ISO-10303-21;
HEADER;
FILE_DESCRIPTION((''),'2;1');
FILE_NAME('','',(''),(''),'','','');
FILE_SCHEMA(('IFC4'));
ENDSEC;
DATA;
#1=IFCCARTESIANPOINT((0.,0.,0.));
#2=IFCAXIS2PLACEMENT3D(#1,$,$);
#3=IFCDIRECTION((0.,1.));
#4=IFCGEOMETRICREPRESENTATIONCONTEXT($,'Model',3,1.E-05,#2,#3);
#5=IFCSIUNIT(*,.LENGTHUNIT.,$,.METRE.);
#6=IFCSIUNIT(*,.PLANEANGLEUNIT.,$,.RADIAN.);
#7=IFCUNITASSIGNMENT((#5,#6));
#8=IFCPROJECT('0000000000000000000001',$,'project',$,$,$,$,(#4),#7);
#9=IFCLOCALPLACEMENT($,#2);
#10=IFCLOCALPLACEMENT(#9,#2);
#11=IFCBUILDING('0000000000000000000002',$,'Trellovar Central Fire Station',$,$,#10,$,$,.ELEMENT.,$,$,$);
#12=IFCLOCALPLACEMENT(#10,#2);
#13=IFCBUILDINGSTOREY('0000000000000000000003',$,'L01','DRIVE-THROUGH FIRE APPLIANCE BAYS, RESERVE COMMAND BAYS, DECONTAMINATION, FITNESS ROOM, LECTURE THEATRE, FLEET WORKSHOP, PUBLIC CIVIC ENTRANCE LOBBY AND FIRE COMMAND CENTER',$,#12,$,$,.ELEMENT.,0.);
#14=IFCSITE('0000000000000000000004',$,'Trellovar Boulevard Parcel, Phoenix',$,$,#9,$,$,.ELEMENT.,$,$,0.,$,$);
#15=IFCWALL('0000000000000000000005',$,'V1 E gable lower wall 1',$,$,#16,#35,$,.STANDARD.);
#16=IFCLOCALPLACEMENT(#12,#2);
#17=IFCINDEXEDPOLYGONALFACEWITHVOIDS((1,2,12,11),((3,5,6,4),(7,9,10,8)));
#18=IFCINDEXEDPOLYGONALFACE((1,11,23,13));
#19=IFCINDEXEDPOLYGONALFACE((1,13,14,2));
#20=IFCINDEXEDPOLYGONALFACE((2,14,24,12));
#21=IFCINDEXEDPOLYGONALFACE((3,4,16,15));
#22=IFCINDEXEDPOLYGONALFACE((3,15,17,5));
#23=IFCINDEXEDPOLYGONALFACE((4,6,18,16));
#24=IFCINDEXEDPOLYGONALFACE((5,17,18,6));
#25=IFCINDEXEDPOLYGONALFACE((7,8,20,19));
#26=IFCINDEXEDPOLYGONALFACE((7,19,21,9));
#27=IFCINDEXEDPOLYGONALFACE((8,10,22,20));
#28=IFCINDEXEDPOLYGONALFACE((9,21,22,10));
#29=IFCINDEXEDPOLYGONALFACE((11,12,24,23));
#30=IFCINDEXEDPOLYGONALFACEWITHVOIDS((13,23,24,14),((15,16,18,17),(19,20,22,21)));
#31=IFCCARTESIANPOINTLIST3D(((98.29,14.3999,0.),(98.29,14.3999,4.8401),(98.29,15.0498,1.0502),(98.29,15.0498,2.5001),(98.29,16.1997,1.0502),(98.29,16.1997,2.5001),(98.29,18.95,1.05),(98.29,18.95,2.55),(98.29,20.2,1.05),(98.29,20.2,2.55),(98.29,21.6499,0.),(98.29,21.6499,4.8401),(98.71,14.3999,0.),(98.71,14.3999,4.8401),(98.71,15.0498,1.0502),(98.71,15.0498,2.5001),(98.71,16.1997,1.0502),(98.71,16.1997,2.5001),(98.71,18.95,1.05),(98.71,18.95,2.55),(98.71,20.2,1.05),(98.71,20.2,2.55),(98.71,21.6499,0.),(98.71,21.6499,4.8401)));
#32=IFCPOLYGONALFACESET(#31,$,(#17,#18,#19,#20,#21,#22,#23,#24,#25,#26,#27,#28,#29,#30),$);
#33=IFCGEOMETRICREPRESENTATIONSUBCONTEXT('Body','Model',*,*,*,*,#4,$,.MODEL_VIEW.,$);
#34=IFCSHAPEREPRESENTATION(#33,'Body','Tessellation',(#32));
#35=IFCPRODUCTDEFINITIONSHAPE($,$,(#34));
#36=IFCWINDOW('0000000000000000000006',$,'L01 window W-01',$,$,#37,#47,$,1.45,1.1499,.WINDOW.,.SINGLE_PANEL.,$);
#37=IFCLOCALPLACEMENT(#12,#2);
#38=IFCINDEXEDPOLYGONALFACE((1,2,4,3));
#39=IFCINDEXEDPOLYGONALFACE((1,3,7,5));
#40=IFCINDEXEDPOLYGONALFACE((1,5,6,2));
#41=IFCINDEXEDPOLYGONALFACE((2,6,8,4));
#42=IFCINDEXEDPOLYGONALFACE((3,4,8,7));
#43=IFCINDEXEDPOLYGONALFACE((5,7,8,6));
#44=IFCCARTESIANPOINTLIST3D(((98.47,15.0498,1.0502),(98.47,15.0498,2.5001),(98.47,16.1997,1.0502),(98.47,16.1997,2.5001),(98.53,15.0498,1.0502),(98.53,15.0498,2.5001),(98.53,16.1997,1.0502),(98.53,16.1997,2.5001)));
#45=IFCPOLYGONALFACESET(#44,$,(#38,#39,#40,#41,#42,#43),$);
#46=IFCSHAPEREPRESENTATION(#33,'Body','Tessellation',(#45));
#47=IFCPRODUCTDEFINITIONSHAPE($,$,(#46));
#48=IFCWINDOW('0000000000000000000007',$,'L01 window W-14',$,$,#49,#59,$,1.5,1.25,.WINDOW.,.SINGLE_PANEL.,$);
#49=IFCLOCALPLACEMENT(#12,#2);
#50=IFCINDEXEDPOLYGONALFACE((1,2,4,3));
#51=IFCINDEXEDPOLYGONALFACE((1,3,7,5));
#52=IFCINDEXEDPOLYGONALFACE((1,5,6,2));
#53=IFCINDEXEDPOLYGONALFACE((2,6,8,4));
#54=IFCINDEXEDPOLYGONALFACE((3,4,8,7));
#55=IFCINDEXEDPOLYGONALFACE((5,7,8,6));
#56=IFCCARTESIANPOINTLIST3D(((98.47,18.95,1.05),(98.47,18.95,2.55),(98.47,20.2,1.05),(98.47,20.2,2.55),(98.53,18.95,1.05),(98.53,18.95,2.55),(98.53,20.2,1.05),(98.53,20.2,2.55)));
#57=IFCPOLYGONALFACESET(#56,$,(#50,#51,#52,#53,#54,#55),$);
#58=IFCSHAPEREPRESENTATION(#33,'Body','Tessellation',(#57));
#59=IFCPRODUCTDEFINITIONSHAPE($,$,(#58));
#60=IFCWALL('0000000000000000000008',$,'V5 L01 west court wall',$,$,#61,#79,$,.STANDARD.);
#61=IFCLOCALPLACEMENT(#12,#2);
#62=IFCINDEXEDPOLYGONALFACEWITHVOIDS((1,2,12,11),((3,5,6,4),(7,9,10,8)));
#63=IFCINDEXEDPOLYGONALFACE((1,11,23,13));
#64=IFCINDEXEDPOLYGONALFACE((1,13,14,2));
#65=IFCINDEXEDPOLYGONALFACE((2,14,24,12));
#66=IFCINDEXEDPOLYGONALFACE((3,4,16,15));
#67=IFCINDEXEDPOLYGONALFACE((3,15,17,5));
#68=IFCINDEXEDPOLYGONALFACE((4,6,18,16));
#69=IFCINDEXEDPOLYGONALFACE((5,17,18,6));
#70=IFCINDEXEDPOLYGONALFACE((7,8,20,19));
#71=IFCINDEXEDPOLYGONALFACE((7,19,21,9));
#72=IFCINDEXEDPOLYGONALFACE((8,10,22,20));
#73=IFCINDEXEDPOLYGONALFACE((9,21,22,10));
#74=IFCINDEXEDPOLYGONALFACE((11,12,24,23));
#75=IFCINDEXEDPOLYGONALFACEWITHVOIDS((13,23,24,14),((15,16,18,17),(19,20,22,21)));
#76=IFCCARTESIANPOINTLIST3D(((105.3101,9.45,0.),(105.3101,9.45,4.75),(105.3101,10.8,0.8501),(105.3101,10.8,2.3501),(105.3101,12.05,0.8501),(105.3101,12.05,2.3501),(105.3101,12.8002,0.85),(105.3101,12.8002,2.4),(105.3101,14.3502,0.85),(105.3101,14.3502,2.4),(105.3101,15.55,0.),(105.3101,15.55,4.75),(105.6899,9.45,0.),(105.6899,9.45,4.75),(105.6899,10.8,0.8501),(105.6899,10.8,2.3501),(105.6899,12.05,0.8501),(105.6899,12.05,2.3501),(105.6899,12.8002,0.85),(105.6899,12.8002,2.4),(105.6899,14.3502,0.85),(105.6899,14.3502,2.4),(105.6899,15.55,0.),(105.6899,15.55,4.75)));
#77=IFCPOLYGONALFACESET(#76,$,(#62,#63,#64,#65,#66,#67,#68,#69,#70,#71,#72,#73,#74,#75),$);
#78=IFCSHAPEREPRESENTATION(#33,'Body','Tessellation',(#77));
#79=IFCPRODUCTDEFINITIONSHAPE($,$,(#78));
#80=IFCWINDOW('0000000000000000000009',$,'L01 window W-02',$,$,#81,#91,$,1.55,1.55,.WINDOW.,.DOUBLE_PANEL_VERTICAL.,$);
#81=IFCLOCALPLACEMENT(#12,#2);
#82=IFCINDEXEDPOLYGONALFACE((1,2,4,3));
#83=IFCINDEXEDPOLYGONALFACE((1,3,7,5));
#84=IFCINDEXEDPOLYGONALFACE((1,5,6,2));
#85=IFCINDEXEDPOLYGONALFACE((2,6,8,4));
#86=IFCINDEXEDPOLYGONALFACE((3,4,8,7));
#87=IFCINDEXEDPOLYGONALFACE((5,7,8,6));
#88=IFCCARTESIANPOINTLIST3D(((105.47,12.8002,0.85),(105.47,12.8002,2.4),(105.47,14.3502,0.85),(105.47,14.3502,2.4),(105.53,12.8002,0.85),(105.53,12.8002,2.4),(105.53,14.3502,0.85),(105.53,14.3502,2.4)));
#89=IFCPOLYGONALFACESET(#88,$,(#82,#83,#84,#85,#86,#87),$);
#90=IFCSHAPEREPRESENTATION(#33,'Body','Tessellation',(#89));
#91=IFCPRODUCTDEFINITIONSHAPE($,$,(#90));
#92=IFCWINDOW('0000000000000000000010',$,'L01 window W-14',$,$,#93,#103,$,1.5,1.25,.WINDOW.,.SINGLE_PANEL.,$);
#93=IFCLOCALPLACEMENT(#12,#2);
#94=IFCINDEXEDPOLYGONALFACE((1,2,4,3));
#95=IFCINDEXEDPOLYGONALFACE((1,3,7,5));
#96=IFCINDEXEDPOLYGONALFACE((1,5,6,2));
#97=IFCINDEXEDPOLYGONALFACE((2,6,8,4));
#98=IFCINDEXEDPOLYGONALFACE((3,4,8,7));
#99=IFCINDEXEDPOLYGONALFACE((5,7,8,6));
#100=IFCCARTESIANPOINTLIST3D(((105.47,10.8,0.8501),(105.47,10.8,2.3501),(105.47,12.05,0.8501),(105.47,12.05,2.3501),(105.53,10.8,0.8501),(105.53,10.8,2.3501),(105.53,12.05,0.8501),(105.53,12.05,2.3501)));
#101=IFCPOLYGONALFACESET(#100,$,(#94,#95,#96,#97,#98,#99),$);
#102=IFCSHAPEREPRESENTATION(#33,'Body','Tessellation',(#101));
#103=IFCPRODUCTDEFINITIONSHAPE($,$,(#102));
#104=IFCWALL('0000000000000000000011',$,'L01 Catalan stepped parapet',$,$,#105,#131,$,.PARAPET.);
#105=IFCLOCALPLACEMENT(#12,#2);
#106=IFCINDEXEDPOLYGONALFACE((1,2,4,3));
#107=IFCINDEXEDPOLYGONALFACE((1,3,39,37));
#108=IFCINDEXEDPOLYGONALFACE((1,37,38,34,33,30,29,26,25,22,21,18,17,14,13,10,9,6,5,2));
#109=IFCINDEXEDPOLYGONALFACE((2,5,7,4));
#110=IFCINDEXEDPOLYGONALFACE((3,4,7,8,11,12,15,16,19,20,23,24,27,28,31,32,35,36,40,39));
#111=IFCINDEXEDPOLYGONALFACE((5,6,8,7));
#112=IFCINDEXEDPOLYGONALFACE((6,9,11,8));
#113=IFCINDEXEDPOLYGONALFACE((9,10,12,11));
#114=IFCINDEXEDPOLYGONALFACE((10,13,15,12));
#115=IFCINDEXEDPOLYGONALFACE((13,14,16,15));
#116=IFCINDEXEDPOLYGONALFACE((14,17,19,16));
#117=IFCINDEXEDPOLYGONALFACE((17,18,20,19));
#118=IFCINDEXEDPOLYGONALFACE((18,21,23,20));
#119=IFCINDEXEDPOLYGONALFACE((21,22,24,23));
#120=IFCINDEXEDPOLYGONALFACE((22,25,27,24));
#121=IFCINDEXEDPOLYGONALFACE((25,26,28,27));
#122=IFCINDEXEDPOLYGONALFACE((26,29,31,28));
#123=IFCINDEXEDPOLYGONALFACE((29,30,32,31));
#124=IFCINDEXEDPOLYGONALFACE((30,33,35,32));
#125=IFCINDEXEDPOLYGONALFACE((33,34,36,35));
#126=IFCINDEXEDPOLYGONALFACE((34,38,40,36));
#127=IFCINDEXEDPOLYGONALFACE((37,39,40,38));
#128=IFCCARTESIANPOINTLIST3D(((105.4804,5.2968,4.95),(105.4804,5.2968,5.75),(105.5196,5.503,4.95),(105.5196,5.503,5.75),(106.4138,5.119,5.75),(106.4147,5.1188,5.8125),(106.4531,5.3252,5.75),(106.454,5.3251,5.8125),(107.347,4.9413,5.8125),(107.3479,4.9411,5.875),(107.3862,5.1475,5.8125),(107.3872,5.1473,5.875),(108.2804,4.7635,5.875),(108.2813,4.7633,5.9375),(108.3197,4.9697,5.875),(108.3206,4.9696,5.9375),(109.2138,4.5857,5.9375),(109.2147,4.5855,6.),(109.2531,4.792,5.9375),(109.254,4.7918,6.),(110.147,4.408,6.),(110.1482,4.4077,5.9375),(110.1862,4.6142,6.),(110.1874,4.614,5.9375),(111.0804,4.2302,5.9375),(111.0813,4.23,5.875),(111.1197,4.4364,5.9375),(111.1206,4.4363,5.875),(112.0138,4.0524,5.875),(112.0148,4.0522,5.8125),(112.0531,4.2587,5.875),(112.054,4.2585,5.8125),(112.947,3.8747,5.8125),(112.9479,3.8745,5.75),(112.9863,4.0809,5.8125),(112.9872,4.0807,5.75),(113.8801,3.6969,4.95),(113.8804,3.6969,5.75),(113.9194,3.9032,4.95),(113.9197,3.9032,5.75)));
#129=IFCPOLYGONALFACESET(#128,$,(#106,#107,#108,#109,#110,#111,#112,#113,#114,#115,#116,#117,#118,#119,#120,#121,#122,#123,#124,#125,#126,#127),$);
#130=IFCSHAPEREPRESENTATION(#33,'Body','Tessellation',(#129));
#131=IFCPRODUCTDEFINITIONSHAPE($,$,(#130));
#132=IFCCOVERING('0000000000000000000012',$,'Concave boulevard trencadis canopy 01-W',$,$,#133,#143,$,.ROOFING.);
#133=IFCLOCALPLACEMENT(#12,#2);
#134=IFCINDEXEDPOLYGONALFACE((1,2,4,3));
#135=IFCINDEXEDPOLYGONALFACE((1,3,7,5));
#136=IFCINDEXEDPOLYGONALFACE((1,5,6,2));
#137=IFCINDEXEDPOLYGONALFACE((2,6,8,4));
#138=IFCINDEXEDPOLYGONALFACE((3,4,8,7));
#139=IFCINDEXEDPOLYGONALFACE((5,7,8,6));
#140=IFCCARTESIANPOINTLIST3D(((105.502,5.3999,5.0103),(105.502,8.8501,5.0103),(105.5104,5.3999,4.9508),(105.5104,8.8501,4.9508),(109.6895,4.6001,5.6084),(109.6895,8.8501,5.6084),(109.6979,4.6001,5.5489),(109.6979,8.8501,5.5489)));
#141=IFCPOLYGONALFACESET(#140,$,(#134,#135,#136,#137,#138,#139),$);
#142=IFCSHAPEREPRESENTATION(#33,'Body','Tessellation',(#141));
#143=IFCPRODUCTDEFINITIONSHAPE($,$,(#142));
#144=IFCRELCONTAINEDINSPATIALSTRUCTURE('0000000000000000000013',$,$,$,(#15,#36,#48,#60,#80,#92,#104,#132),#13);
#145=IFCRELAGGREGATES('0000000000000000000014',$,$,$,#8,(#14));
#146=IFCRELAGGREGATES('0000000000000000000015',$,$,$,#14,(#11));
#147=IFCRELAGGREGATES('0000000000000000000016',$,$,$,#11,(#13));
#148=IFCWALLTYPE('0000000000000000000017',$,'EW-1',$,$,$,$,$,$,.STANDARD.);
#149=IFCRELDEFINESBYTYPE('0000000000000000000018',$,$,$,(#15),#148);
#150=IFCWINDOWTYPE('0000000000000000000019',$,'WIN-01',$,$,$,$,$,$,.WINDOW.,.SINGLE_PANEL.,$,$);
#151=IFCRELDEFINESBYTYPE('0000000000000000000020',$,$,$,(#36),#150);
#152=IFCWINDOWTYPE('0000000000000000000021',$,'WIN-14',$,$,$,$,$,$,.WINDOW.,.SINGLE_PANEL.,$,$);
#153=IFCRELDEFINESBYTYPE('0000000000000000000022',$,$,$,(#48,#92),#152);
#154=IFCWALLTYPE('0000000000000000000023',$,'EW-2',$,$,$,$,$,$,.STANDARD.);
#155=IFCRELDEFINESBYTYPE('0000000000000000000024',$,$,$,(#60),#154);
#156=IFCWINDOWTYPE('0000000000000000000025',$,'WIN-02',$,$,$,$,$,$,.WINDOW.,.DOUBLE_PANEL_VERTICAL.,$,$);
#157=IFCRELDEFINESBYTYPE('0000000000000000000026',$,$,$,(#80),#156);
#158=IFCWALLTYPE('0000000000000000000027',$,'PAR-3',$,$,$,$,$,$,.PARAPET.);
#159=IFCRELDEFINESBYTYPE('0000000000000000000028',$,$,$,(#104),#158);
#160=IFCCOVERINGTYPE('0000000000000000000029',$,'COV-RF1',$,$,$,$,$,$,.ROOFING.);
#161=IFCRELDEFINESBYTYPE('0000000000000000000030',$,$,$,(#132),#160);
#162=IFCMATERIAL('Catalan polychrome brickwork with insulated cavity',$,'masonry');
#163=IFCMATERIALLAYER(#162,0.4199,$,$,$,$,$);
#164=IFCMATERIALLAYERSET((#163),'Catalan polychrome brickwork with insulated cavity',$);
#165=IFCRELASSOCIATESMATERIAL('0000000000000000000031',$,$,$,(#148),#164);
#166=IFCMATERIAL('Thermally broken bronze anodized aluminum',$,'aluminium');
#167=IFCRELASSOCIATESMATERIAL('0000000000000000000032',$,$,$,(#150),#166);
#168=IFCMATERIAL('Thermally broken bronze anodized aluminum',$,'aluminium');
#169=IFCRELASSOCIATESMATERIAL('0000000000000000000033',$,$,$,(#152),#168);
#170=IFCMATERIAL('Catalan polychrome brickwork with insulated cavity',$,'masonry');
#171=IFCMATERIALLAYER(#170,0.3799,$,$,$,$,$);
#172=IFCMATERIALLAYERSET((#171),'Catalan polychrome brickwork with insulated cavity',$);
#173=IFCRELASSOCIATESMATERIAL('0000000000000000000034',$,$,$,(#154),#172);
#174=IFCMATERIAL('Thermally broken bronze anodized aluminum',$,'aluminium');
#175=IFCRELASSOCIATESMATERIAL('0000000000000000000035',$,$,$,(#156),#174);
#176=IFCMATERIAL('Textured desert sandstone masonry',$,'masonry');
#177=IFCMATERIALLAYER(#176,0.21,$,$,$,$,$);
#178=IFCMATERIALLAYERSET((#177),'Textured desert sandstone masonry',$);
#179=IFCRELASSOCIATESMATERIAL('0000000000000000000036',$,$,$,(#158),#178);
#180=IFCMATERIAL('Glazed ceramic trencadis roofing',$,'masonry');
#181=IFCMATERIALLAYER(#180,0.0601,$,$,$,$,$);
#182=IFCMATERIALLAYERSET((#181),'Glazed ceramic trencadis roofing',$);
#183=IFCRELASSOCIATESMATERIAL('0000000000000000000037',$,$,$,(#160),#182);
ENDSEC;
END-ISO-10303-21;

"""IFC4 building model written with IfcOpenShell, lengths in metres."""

from ifc_helpers import new_model, si_unit, direction, frame, frame_2d, origin, place, context, subcontext, project, spatial, polyline, rectangle, outline, extrude, material, layer, layer_set, type_object, element, fill, save


model = new_model("IFC4")

# Units and contexts
model_context = context("Model", 3, precision=1e-05, world=origin(), true_north=direction((0.0, 1.0)))
body_context = subcontext(model_context, "Body", "Model", "MODEL_VIEW")
ifc_project = project(units=[si_unit("LENGTHUNIT", "METRE"), si_unit("PLANEANGLEUNIT", "RADIAN")], contexts=[model_context])

# Site, building, storey
site_placement = place(None, origin())
site = spatial("IfcSite", under=ifc_project, at=site_placement, Name="Trellovar Boulevard Parcel, Phoenix", CompositionType="ELEMENT", RefElevation=0.0)
building_placement = place(site_placement, origin())
building = spatial("IfcBuilding", under=site, at=building_placement, Name="Trellovar Central Fire Station", CompositionType="ELEMENT")
storey_placement = place(building_placement, origin())
storey = spatial("IfcBuildingStorey", under=building, at=storey_placement, Name="L01", Description="DRIVE-THROUGH FIRE APPLIANCE BAYS, RESERVE COMMAND BAYS, DECONTAMINATION, FITNESS ROOM, LECTURE THEATRE, FLEET WORKSHOP, PUBLIC CIVIC ENTRANCE LOBBY AND FIRE COMMAND CENTER", CompositionType="ELEMENT", Elevation=0.0)

# Walls, openings, windows
ifc_material_1 = material(Name="Catalan polychrome brickwork with insulated cavity", Category="masonry")
ifc_layer_1 = layer(ifc_material_1, 0.4199)
ifc_layer_set_1 = layer_set([ifc_layer_1], Name="Catalan polychrome brickwork with insulated cavity")
wall_type_1 = type_object("IfcWallType", Name="EW-1", PredefinedType="STANDARD", material=ifc_layer_set_1)
wall_1_placement = place(storey_placement, frame((98.5, 14.3999, 0.0), z_axis=(0.0, 0.0, 1.0), x_axis=(0.0, 1.0, 0.0)))
wall_1 = element("IfcWall", 1, at=wall_1_placement, inside=storey, type_object=wall_type_1, Name="V1 E gable lower wall 1", PredefinedType="STANDARD", context=body_context, shape_type="SweptSolid", body=[
    extrude(rectangle(XDim=7.25, YDim=0.4199, at=frame_2d((3.625, 0.0))), origin(), (0.0, 0.0, 1.0), 4.8401),
])
opening_1_placement = place(wall_1_placement, frame((0.6499, 0.0, 1.05)))
opening_1 = element("IfcOpeningElement", 2, at=opening_1_placement, cuts=wall_1, PredefinedType="OPENING", context=body_context, shape_type="SweptSolid", body=[
    extrude(rectangle(XDim=1.1499, YDim=1.45, at=frame_2d((0.575, 0.7251))), frame((0.0, 0.22, 0.0), z_axis=(0.0, -1.0, 0.0), x_axis=(1.0, 0.0, 0.0)), (0.0, 0.0, 1.0), 0.4399),
])
opening_2_placement = place(wall_1_placement, frame((4.55, 0.0, 1.05)))
opening_2 = element("IfcOpeningElement", 3, at=opening_2_placement, cuts=wall_1, PredefinedType="OPENING", context=body_context, shape_type="SweptSolid", body=[
    extrude(rectangle(XDim=1.25, YDim=1.5, at=frame_2d((0.625, 0.75))), frame((0.0, 0.22, 0.0), z_axis=(0.0, -1.0, 0.0), x_axis=(1.0, 0.0, 0.0)), (0.0, 0.0, 1.0), 0.4399),
])
ifc_material_2 = material(Name="Thermally broken bronze anodized aluminum", Category="aluminium")
window_type_1 = type_object("IfcWindowType", Name="WIN-01", PartitioningType="SINGLE_PANEL", PredefinedType="WINDOW", material=ifc_material_2)
window_1_placement = place(opening_1_placement, origin())
window_1 = element("IfcWindow", 4, at=window_1_placement, inside=storey, type_object=window_type_1, Name="L01 window W-01", OverallHeight=1.45, OverallWidth=1.1499, PartitioningType="SINGLE_PANEL", PredefinedType="WINDOW", context=body_context, shape_type="SweptSolid", body=[
    extrude(rectangle(XDim=1.1499, YDim=1.45, at=frame_2d((0.575, 0.7251))), frame((0.0, 0.03, 0.0), z_axis=(0.0, -1.0, 0.0), x_axis=(1.0, 0.0, 0.0)), (0.0, 0.0, 1.0), 0.0601),
])
fill(opening_1, window_1)
ifc_material_3 = material(Name="Thermally broken bronze anodized aluminum", Category="aluminium")
window_type_2 = type_object("IfcWindowType", Name="WIN-14", PartitioningType="SINGLE_PANEL", PredefinedType="WINDOW", material=ifc_material_3)
window_2_placement = place(opening_2_placement, origin())
window_2 = element("IfcWindow", 5, at=window_2_placement, inside=storey, type_object=window_type_2, Name="L01 window W-14", OverallHeight=1.5, OverallWidth=1.25, PartitioningType="SINGLE_PANEL", PredefinedType="WINDOW", context=body_context, shape_type="SweptSolid", body=[
    extrude(rectangle(XDim=1.25, YDim=1.5, at=frame_2d((0.625, 0.75))), frame((0.0, 0.03, 0.0), z_axis=(0.0, -1.0, 0.0), x_axis=(1.0, 0.0, 0.0)), (0.0, 0.0, 1.0), 0.0601),
])
fill(opening_2, window_2)
ifc_material_4 = material(Name="Catalan polychrome brickwork with insulated cavity", Category="masonry")
ifc_layer_2 = layer(ifc_material_4, 0.3799)
ifc_layer_set_2 = layer_set([ifc_layer_2], Name="Catalan polychrome brickwork with insulated cavity")
wall_type_2 = type_object("IfcWallType", Name="EW-2", PredefinedType="STANDARD", material=ifc_layer_set_2)
wall_2_placement = place(storey_placement, frame((105.5, 15.55, 0.0), z_axis=(0.0, 0.0, 1.0), x_axis=(0.0, -1.0, 0.0)))
wall_2 = element("IfcWall", 6, at=wall_2_placement, inside=storey, type_object=wall_type_2, Name="V5 L01 west court wall", PredefinedType="STANDARD", context=body_context, shape_type="SweptSolid", body=[
    extrude(rectangle(XDim=6.1001, YDim=0.3799, at=frame_2d((3.05, 0.0))), origin(), (0.0, 0.0, 1.0), 4.75),
])
opening_3_placement = place(wall_2_placement, frame((1.2, 0.0, 0.8501)))
opening_3 = element("IfcOpeningElement", 7, at=opening_3_placement, cuts=wall_2, PredefinedType="OPENING", context=body_context, shape_type="SweptSolid", body=[
    extrude(rectangle(XDim=1.55, YDim=1.55, at=frame_2d((0.7749, 0.7749))), frame((0.0, 0.2, 0.0), z_axis=(0.0, -1.0, 0.0), x_axis=(1.0, 0.0, 0.0)), (0.0, 0.0, 1.0), 0.3999),
])
opening_4_placement = place(wall_2_placement, frame((3.5, 0.0, 0.8501)))
opening_4 = element("IfcOpeningElement", 8, at=opening_4_placement, cuts=wall_2, PredefinedType="OPENING", context=body_context, shape_type="SweptSolid", body=[
    extrude(rectangle(XDim=1.25, YDim=1.5, at=frame_2d((0.625, 0.75))), frame((0.0, 0.2, 0.0), z_axis=(0.0, -1.0, 0.0), x_axis=(1.0, 0.0, 0.0)), (0.0, 0.0, 1.0), 0.3999),
])
ifc_material_5 = material(Name="Thermally broken bronze anodized aluminum", Category="aluminium")
window_type_3 = type_object("IfcWindowType", Name="WIN-02", PartitioningType="DOUBLE_PANEL_VERTICAL", PredefinedType="WINDOW", material=ifc_material_5)
window_3_placement = place(opening_3_placement, origin())
window_3 = element("IfcWindow", 9, at=window_3_placement, inside=storey, type_object=window_type_3, Name="L01 window W-02", OverallHeight=1.55, OverallWidth=1.55, PartitioningType="DOUBLE_PANEL_VERTICAL", PredefinedType="WINDOW", context=body_context, shape_type="SweptSolid", body=[
    extrude(rectangle(XDim=1.55, YDim=1.55, at=frame_2d((0.7749, 0.7749))), frame((0.0, 0.03, 0.0), z_axis=(0.0, -1.0, 0.0), x_axis=(1.0, 0.0, 0.0)), (0.0, 0.0, 1.0), 0.0601),
])
fill(opening_3, window_3)
window_4_placement = place(opening_4_placement, origin())
window_4 = element("IfcWindow", 10, at=window_4_placement, inside=storey, type_object=window_type_2, Name="L01 window W-14", OverallHeight=1.5, OverallWidth=1.25, PartitioningType="SINGLE_PANEL", PredefinedType="WINDOW", context=body_context, shape_type="SweptSolid", body=[
    extrude(rectangle(XDim=1.25, YDim=1.5, at=frame_2d((0.625, 0.75))), frame((0.0, 0.03, 0.0), z_axis=(0.0, -1.0, 0.0), x_axis=(1.0, 0.0, 0.0)), (0.0, 0.0, 1.0), 0.0601),
])
fill(opening_4, window_4)

# Wall
ifc_material_6 = material(Name="Textured desert sandstone masonry", Category="masonry")
ifc_layer_3 = layer(ifc_material_6, 0.21)
ifc_layer_set_3 = layer_set([ifc_layer_3], Name="Textured desert sandstone masonry")
wall_type_3 = type_object("IfcWallType", Name="PAR-3", PredefinedType="PARAPET", material=ifc_layer_set_3)
wall_3_placement = place(storey_placement, frame((105.5, 5.3999, 4.95), z_axis=(0.0, 0.0, 1.0), x_axis=(0.982341, -0.187098, 0.0)))
element("IfcWall", 11, at=wall_3_placement, inside=storey, type_object=wall_type_3, Name="L01 Catalan stepped parapet", PredefinedType="PARAPET", context=body_context, shape_type="SweptSolid", body=[
    extrude(outline(polyline([(0.0, 0.0), (8.5508, 0.0), (8.551, 0.8), (7.6018, 0.8), (7.6008, 0.8625), (6.6519, 0.8625), (6.6509, 0.925), (5.7017, 0.925), (5.7007, 0.9875), (4.7517, 0.9875), (4.7505, 1.05), (3.8015, 1.05), (3.8005, 0.9875), (2.8513, 0.9875), (2.8503, 0.925), (1.9011, 0.925), (1.9001, 0.8625), (0.9512, 0.8625), (0.9502, 0.8), (0.0, 0.8), (0.0, 0.0)])), frame((0.0, 0.105, 0.0), z_axis=(0.0, -1.0, 0.0), x_axis=(1.0, 0.0, 0.0)), (0.0, 0.0, 1.0), 0.21),
])

# Covering
ifc_material_7 = material(Name="Glazed ceramic trencadis roofing", Category="masonry")
ifc_layer_4 = layer(ifc_material_7, 0.0601)
ifc_layer_set_4 = layer_set([ifc_layer_4], Name="Glazed ceramic trencadis roofing")
covering_type = type_object("IfcCoveringType", Name="COV-RF1", PredefinedType="ROOFING", material=ifc_layer_set_4)
covering_placement = place(storey_placement, frame((105.502, 5.3999, 5.0103), z_axis=(-0.141405, 0.0, 0.989952), x_axis=(0.972717, -0.185787, 0.138943)))
element("IfcCovering", 12, at=covering_placement, inside=storey, type_object=covering_type, Name="Concave boulevard trencadis canopy 01-W", PredefinedType="ROOFING", context=body_context, shape_type="SweptSolid", body=[
    extrude(outline(polyline([(0.0, 0.0), (4.305, 0.0), (3.5154, 4.176), (-0.641, 3.3901), (0.0, 0.0)])), origin(), (0.0, 0.0, -1.0), 0.0601),
])

save(model, "model.ifc")
